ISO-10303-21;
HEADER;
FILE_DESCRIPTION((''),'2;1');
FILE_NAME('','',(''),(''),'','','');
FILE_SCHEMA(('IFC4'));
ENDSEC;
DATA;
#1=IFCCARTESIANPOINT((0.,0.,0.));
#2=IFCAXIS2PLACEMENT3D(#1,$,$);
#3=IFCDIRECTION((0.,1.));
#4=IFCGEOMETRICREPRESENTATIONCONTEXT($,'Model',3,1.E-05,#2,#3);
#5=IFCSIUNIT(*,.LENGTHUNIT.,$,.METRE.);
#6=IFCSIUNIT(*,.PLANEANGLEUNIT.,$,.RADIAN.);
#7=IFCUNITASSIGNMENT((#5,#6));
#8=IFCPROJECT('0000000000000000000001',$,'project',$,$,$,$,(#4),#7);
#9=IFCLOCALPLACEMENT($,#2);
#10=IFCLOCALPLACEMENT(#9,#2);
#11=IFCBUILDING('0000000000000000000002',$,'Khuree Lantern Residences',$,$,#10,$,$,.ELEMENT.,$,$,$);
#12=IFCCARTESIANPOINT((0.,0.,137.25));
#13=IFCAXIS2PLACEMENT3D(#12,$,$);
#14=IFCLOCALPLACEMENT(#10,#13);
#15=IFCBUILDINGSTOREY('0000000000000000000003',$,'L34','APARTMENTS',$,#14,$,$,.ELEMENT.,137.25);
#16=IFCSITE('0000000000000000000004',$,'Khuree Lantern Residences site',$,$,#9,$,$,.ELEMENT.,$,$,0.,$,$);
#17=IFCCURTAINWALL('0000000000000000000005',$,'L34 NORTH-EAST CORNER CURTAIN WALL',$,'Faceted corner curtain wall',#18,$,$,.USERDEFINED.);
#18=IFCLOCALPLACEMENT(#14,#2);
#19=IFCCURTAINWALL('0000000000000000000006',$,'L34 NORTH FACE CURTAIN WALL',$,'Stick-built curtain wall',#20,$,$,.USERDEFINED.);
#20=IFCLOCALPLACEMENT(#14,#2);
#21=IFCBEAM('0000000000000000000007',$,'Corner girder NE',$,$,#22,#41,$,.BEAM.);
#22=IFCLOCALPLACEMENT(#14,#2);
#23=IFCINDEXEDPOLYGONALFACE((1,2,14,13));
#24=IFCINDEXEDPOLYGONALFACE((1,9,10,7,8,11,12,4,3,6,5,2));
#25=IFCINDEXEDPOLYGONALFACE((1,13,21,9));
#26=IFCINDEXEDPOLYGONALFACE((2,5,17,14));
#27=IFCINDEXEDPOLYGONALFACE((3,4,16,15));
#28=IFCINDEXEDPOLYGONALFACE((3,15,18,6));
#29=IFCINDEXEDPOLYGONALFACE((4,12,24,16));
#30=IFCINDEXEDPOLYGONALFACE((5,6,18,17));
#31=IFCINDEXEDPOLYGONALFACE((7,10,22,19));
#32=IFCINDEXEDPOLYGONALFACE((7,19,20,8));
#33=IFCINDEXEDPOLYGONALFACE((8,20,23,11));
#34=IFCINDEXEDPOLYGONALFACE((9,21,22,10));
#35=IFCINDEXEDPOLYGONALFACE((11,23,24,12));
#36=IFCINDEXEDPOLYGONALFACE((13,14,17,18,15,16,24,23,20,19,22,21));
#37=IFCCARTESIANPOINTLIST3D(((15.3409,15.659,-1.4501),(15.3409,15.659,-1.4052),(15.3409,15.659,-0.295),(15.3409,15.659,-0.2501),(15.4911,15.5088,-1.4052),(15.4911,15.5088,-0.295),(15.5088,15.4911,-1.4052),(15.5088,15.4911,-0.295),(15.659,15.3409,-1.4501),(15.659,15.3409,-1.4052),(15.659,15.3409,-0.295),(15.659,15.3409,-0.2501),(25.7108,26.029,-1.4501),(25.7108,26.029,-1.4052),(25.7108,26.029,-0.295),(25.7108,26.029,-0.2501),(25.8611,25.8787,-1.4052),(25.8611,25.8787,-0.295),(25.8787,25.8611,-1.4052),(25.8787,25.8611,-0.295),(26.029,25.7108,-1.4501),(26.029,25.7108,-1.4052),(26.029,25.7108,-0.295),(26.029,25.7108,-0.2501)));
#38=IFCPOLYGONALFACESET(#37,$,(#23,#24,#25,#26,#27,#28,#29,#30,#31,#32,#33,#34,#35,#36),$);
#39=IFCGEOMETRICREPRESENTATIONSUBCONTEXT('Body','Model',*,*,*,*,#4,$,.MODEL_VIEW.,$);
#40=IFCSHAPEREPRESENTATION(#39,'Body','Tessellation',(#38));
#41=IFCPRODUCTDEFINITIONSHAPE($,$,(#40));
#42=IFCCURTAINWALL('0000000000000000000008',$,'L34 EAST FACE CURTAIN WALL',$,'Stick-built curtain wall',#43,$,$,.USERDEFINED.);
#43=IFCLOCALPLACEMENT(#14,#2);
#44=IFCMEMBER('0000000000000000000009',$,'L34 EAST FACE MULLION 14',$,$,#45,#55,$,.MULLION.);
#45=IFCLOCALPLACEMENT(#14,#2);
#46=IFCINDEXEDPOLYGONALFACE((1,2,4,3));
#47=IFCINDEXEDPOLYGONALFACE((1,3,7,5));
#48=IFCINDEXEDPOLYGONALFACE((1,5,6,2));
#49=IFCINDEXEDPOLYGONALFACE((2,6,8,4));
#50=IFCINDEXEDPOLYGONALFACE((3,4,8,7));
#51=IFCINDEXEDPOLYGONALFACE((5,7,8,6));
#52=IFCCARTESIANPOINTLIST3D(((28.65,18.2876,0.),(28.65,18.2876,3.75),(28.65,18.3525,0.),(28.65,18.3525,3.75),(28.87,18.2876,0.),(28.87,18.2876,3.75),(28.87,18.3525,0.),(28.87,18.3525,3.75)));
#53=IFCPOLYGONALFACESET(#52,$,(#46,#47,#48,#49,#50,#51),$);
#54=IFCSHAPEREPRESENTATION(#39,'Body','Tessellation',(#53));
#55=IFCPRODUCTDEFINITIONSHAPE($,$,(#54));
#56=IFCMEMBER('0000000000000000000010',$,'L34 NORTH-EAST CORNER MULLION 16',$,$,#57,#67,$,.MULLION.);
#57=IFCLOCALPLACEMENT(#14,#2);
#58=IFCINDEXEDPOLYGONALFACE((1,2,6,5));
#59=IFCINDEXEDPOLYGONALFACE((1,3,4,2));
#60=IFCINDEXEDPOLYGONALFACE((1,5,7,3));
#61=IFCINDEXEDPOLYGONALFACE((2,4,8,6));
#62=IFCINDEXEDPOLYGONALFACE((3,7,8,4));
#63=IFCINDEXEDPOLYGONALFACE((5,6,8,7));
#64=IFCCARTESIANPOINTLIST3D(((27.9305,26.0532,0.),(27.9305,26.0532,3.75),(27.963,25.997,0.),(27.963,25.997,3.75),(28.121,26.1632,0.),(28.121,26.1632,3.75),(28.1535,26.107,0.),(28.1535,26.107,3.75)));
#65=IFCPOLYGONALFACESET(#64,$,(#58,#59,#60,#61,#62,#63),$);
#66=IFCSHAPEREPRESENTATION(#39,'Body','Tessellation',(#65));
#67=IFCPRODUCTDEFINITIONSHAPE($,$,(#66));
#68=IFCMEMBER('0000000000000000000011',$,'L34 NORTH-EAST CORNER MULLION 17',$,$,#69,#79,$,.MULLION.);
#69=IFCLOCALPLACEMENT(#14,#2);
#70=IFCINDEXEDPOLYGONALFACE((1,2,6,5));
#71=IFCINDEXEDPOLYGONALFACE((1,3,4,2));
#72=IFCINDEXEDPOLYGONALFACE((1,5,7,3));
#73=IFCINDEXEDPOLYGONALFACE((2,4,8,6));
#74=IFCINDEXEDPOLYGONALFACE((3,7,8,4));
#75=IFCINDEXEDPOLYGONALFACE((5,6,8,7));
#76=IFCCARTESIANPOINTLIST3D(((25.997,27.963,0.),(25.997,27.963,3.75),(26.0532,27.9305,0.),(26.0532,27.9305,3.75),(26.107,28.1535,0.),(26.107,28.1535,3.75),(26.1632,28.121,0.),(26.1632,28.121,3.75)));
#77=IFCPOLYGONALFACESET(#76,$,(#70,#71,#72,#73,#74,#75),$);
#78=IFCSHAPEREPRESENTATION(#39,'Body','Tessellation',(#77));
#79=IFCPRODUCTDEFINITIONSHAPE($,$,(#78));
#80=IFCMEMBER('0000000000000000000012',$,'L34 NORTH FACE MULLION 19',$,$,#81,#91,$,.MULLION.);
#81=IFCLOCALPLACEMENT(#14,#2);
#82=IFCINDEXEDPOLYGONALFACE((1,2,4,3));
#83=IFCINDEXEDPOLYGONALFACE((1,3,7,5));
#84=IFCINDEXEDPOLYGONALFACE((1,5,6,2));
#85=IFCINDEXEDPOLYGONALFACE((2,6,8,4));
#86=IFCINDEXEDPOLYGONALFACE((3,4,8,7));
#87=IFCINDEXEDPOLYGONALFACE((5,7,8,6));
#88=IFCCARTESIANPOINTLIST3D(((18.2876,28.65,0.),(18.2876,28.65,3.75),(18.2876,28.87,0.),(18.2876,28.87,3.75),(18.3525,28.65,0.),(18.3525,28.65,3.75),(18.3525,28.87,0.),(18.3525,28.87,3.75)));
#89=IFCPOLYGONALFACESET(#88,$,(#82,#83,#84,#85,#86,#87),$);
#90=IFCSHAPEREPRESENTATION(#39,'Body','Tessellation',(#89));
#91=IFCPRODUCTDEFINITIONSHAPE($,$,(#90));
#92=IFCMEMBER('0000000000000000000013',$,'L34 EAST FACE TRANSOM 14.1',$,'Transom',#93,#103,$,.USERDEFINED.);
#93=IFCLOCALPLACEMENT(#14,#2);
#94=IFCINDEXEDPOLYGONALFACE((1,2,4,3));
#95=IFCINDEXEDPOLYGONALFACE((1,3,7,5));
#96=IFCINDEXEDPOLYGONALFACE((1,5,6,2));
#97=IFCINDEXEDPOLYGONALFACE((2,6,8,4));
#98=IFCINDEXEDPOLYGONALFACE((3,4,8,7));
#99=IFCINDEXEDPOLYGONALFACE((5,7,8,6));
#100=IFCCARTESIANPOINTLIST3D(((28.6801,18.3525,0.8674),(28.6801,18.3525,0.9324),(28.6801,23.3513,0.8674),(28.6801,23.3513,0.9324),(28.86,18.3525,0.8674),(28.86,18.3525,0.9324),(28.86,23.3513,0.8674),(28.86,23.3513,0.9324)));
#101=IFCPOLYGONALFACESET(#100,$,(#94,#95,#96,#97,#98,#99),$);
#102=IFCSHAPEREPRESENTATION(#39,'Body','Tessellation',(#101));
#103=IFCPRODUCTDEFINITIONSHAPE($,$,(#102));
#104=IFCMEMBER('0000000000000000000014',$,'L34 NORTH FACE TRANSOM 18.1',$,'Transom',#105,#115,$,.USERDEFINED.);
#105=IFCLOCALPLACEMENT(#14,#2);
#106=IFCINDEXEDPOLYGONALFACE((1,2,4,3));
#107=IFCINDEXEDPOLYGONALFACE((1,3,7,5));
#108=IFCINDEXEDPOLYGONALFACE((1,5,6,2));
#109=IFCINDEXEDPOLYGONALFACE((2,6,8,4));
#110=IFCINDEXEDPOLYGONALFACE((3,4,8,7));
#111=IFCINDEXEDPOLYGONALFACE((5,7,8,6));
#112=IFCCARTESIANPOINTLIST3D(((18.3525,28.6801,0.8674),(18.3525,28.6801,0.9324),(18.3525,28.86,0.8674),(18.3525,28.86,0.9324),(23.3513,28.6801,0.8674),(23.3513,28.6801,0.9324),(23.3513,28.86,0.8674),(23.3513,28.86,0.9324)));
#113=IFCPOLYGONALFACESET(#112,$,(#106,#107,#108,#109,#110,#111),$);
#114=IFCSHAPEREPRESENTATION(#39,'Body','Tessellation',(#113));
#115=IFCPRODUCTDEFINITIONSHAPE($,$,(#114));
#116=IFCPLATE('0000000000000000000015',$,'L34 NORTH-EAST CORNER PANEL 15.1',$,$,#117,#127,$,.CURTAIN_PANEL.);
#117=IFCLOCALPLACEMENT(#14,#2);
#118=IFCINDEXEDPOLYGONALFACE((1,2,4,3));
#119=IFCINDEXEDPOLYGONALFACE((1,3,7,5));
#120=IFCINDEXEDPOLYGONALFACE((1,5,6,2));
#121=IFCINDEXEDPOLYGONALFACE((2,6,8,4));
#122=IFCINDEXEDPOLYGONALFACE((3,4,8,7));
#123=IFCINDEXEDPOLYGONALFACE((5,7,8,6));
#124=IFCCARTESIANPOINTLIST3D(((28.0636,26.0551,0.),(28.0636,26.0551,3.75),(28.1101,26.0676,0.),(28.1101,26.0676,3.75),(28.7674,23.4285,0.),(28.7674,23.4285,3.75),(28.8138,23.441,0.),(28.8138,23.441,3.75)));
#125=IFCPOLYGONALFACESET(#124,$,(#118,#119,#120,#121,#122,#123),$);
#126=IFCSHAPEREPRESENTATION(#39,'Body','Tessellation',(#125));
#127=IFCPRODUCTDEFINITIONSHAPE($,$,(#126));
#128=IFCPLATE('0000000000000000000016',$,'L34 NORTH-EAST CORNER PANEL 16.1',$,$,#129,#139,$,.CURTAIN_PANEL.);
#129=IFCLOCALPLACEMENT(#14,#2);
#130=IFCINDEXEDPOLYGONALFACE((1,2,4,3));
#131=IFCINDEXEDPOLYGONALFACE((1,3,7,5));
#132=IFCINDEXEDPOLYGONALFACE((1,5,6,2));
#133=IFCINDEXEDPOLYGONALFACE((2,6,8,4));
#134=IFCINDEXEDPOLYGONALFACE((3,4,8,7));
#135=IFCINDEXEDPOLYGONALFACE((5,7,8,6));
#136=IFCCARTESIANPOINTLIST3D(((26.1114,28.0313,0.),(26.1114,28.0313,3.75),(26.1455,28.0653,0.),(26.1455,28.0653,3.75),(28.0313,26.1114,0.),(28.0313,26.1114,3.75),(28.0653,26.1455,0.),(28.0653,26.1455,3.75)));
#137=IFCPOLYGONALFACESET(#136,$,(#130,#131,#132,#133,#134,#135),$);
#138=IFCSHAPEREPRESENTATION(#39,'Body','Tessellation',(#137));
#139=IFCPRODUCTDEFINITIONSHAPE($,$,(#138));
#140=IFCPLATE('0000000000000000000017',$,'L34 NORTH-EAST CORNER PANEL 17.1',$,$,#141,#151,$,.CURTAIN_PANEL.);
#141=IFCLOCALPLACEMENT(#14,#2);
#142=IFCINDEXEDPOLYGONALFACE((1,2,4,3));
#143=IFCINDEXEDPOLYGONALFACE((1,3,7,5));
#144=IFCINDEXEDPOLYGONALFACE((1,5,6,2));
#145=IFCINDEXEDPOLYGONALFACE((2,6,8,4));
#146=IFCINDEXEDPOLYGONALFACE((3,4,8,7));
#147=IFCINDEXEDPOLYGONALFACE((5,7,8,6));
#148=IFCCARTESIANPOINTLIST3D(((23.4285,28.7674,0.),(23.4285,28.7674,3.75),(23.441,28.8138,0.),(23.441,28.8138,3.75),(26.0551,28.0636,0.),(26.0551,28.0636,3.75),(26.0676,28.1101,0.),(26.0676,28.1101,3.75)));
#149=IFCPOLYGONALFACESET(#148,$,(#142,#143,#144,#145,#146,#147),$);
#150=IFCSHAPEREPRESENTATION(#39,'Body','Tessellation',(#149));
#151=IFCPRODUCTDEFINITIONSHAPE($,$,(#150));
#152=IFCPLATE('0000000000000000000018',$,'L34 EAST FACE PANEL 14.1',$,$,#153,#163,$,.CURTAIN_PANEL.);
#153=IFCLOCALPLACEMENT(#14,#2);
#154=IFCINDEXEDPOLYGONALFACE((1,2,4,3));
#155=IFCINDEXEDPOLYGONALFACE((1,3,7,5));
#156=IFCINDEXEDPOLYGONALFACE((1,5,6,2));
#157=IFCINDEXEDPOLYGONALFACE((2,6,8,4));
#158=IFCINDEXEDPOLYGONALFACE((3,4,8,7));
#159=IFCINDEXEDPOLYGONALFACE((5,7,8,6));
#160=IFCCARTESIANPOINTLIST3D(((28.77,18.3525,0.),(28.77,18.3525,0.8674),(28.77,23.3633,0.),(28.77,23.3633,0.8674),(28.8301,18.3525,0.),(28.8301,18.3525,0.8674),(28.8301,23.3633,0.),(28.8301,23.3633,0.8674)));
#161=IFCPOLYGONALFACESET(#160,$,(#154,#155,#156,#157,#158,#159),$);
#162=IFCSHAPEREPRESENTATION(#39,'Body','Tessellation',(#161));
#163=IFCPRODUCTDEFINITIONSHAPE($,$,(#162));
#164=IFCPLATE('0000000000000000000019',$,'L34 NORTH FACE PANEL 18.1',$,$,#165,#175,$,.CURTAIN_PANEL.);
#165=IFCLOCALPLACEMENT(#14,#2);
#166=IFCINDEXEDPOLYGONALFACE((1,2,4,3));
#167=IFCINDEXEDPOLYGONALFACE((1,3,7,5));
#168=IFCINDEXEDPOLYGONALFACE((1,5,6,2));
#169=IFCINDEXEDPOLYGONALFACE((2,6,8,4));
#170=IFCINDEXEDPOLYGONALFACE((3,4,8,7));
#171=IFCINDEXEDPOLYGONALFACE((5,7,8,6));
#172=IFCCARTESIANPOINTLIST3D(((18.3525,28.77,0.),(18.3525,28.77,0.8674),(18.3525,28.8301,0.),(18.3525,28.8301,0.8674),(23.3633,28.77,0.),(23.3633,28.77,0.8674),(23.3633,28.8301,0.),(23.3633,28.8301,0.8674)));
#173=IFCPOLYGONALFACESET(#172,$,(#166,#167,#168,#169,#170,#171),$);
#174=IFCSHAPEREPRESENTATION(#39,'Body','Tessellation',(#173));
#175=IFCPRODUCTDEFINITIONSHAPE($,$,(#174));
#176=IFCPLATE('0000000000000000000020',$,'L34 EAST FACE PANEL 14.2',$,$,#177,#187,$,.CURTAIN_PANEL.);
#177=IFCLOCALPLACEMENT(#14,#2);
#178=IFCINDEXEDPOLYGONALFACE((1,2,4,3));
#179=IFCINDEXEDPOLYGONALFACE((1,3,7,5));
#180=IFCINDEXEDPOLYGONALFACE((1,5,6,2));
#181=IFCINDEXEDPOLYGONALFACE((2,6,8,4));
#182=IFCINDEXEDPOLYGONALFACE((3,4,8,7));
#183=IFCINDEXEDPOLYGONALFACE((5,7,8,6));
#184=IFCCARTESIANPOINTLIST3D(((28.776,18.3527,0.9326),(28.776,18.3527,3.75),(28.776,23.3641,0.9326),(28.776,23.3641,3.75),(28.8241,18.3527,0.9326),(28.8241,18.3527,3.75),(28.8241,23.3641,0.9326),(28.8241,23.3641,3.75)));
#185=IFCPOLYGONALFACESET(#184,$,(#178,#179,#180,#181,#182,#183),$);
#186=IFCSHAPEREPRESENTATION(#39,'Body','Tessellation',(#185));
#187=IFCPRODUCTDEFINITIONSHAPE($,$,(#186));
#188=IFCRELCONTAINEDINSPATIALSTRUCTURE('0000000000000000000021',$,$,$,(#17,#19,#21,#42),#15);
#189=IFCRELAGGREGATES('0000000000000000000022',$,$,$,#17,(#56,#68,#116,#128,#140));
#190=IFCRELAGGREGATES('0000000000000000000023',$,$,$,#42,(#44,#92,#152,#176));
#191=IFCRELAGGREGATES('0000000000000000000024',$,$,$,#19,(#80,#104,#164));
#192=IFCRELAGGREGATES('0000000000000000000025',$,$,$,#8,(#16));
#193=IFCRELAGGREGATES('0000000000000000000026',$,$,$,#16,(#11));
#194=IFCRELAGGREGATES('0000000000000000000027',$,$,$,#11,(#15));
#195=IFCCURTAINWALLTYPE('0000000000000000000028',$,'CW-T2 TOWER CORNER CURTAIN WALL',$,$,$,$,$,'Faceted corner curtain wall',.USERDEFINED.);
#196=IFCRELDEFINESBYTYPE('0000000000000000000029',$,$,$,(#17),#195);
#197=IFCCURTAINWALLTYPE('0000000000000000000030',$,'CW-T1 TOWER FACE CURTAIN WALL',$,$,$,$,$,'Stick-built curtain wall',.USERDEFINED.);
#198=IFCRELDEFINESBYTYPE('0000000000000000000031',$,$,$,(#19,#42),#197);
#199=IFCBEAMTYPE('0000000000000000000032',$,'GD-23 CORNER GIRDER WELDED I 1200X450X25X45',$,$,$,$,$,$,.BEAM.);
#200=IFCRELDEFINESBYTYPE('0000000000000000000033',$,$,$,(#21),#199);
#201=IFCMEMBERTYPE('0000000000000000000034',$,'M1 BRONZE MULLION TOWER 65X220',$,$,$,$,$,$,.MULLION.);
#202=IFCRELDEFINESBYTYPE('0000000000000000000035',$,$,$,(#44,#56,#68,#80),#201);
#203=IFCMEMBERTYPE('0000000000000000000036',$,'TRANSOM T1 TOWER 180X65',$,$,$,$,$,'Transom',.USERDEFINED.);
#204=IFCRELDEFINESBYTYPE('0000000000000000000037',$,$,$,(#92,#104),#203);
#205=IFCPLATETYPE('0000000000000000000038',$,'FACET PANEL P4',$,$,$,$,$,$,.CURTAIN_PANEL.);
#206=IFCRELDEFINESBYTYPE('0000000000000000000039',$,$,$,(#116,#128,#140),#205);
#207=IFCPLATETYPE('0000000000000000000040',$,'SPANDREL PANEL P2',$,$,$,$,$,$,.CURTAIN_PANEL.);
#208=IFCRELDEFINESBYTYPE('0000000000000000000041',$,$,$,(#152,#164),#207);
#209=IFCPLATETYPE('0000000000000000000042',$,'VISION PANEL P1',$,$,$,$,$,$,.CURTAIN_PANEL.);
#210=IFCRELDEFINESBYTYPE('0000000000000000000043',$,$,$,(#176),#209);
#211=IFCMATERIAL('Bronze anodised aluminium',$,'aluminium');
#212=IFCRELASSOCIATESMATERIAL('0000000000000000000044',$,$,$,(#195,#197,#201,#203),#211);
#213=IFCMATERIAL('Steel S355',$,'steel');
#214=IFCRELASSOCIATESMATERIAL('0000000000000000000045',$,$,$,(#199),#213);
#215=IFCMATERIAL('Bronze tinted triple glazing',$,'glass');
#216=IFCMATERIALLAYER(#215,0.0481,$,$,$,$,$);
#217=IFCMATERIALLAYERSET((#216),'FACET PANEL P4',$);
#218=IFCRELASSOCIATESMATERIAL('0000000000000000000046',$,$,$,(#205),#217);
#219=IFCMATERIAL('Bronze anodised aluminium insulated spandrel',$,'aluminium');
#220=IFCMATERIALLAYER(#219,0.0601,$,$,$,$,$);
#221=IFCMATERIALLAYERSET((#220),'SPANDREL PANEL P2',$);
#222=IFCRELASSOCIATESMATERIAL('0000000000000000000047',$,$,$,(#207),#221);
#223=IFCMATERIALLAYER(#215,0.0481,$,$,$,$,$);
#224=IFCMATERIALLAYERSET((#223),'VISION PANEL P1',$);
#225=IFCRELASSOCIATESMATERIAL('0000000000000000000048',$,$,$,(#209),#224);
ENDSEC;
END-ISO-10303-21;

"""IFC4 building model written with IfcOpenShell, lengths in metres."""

from ifc_helpers import new_model, si_unit, direction, frame, origin, origin_2d, place, context, subcontext, project, spatial, rectangle, i_section, extrude, material, layer, layer_set, material_profile, profile_set, type_object, element, aggregate, save


model = new_model("IFC4")

# Units and contexts
model_context = context("Model", 3, precision=1e-05, world=origin(), true_north=direction((0.0, 1.0)))
body_context = subcontext(model_context, "Body", "Model", "MODEL_VIEW")
ifc_project = project(units=[si_unit("LENGTHUNIT", "METRE"), si_unit("PLANEANGLEUNIT", "RADIAN")], contexts=[model_context])

# Site, building, storey
site_placement = place(None, origin())
site = spatial("IfcSite", under=ifc_project, at=site_placement, Name="Khuree Lantern Residences site", CompositionType="ELEMENT", RefElevation=0.0)
building_placement = place(site_placement, origin())
building = spatial("IfcBuilding", under=site, at=building_placement, Name="Khuree Lantern Residences", CompositionType="ELEMENT")
storey_placement = place(building_placement, frame((0.0, 0.0, 137.25)))
storey = spatial("IfcBuildingStorey", under=building, at=storey_placement, Name="L34", Description="APARTMENTS", CompositionType="ELEMENT", Elevation=137.25)

# Shared definitions
ifc_material_1 = material(Name="Steel S355", Category="steel")

# Curtain walls
ifc_material_2 = material(Name="Bronze anodised aluminium", Category="aluminium")
curtain_wall_type_1 = type_object("IfcCurtainWallType", Name="CW-T2 TOWER CORNER CURTAIN WALL", ElementType="Faceted corner curtain wall", PredefinedType="USERDEFINED", material=ifc_material_2)
curtain_wall_1_placement = place(storey_placement, origin())
curtain_wall_1 = element("IfcCurtainWall", 1, at=curtain_wall_1_placement, inside=storey, type_object=curtain_wall_type_1, Name="L34 NORTH-EAST CORNER CURTAIN WALL", ObjectType="Faceted corner curtain wall", PredefinedType="USERDEFINED")
curtain_wall_type_2 = type_object("IfcCurtainWallType", Name="CW-T1 TOWER FACE CURTAIN WALL", ElementType="Stick-built curtain wall", PredefinedType="USERDEFINED", material=ifc_material_2)
curtain_wall_2_placement = place(storey_placement, origin())
curtain_wall_2 = element("IfcCurtainWall", 2, at=curtain_wall_2_placement, inside=storey, type_object=curtain_wall_type_2, Name="L34 NORTH FACE CURTAIN WALL", ObjectType="Stick-built curtain wall", PredefinedType="USERDEFINED")

# Beam
ifc_material_profile_1 = material_profile(ifc_material_1, i_section(OverallWidth=0.45, OverallDepth=1.2, WebThickness=0.0249, FlangeThickness=0.0449, at=origin_2d()), Name="WELDED I 1200X450X25X45")
ifc_profile_set_1 = profile_set([ifc_material_profile_1], Name="Steel S355")
beam_type_1 = type_object("IfcBeamType", Name="GD-23 CORNER GIRDER WELDED I 1200X450X25X45", PredefinedType="BEAM", material=ifc_profile_set_1)
beam_1_placement = place(storey_placement, frame((25.8699, 25.8699, -0.8501), z_axis=(-0.707107, -0.707107, 0.0), x_axis=(0.707107, -0.707107, 0.0)))
element("IfcBeam", 3, at=beam_1_placement, inside=storey, type_object=beam_type_1, Name="Corner girder NE", PredefinedType="BEAM", context=body_context, shape_type="SweptSolid", body=[
    extrude(i_section(OverallWidth=0.45, OverallDepth=1.2, WebThickness=0.0249, FlangeThickness=0.0449, at=origin_2d()), origin(), (0.0, 0.0, 1.0), 14.6653),
])

# Curtain wall, member
curtain_wall_3_placement = place(storey_placement, origin())
curtain_wall_3 = element("IfcCurtainWall", 4, at=curtain_wall_3_placement, inside=storey, type_object=curtain_wall_type_2, Name="L34 EAST FACE CURTAIN WALL", ObjectType="Stick-built curtain wall", PredefinedType="USERDEFINED")
ifc_material_profile_2 = material_profile(ifc_material_2, rectangle(XDim=0.0649, YDim=0.22, at=origin_2d()), Name="M1 65X220")
ifc_profile_set_2 = profile_set([ifc_material_profile_2], Name="Bronze anodised aluminium")
member_type_1 = type_object("IfcMemberType", Name="M1 BRONZE MULLION TOWER 65X220", PredefinedType="MULLION", material=ifc_profile_set_2)
member_1_placement = place(storey_placement, frame((28.76, 18.3201, 0.0), z_axis=(0.0, 0.0, 1.0), x_axis=(0.0, 1.0, 0.0)))
member_1 = element("IfcMember", 5, at=member_1_placement, type_object=member_type_1, Name="L34 EAST FACE MULLION 14", PredefinedType="MULLION", context=body_context, shape_type="SweptSolid", body=[
    extrude(rectangle(XDim=0.0649, YDim=0.22, at=origin_2d()), origin(), (0.0, 0.0, 1.0), 3.75),
])

# Members
member_2_placement = place(storey_placement, frame((28.042, 26.0801, 0.0), z_axis=(0.0, 0.0, 1.0), x_axis=(-0.5, 0.866025, 0.0)))
member_2 = element("IfcMember", 6, at=member_2_placement, type_object=member_type_1, Name="L34 NORTH-EAST CORNER MULLION 16", PredefinedType="MULLION", context=body_context, shape_type="SweptSolid", body=[
    extrude(rectangle(XDim=0.0649, YDim=0.22, at=origin_2d()), origin(), (0.0, 0.0, 1.0), 3.75),
])
member_3_placement = place(storey_placement, frame((26.0801, 28.042, 0.0), z_axis=(0.0, 0.0, 1.0), x_axis=(-0.866025, 0.5, 0.0)))
member_3 = element("IfcMember", 7, at=member_3_placement, type_object=member_type_1, Name="L34 NORTH-EAST CORNER MULLION 17", PredefinedType="MULLION", context=body_context, shape_type="SweptSolid", body=[
    extrude(rectangle(XDim=0.0649, YDim=0.22, at=origin_2d()), origin(), (0.0, 0.0, 1.0), 3.75),
])
member_4_placement = place(storey_placement, frame((18.3201, 28.76, 0.0), z_axis=(0.0, 0.0, 1.0), x_axis=(-1.0, 0.0, 0.0)))
member_4 = element("IfcMember", 8, at=member_4_placement, type_object=member_type_1, Name="L34 NORTH FACE MULLION 19", PredefinedType="MULLION", context=body_context, shape_type="SweptSolid", body=[
    extrude(rectangle(XDim=0.0649, YDim=0.22, at=origin_2d()), origin(), (0.0, 0.0, 1.0), 3.75),
])
ifc_material_profile_3 = material_profile(ifc_material_2, rectangle(XDim=0.1799, YDim=0.0649, at=origin_2d()), Name="T1 180X65")
ifc_profile_set_3 = profile_set([ifc_material_profile_3], Name="Bronze anodised aluminium")
member_type_2 = type_object("IfcMemberType", Name="TRANSOM T1 TOWER 180X65", ElementType="Transom", PredefinedType="USERDEFINED", material=ifc_profile_set_3)
member_5_placement = place(storey_placement, frame((28.77, 18.3525, 0.8999), z_axis=(0.0, 1.0, 0.0), x_axis=(-1.0, 0.0, 0.0)))
member_5 = element("IfcMember", 9, at=member_5_placement, type_object=member_type_2, Name="L34 EAST FACE TRANSOM 14.1", ObjectType="Transom", PredefinedType="USERDEFINED", context=body_context, shape_type="SweptSolid", body=[
    extrude(rectangle(XDim=0.1799, YDim=0.0649, at=origin_2d()), origin(), (0.0, 0.0, 1.0), 4.9988),
])
member_6_placement = place(storey_placement, frame((23.3513, 28.77, 0.8999), z_axis=(-1.0, 0.0, 0.0), x_axis=(0.0, -1.0, 0.0)))
member_6 = element("IfcMember", 10, at=member_6_placement, type_object=member_type_2, Name="L34 NORTH FACE TRANSOM 18.1", ObjectType="Transom", PredefinedType="USERDEFINED", context=body_context, shape_type="SweptSolid", body=[
    extrude(rectangle(XDim=0.1799, YDim=0.0649, at=origin_2d()), origin(), (0.0, 0.0, 1.0), 4.9988),
])

# Plates
ifc_material_3 = material(Name="Bronze tinted triple glazing", Category="glass")
ifc_layer_1 = layer(ifc_material_3, 0.0481)
ifc_layer_set_1 = layer_set([ifc_layer_1], Name="FACET PANEL P4")
plate_type_1 = type_object("IfcPlateType", Name="FACET PANEL P4", PredefinedType="CURTAIN_PANEL", material=ifc_layer_set_1)
plate_1_placement = place(storey_placement, frame((28.4387, 24.748, 0.0), z_axis=(0.0, 0.0, 1.0), x_axis=(-0.258819, 0.965926, 0.0)))
plate_1 = element("IfcPlate", 11, at=plate_1_placement, type_object=plate_type_1, Name="L34 NORTH-EAST CORNER PANEL 15.1", PredefinedType="CURTAIN_PANEL", context=body_context, shape_type="SweptSolid", body=[
    extrude(rectangle(XDim=2.7192, YDim=0.0481, at=origin_2d()), origin(), (0.0, 0.0, 1.0), 3.75),
])
plate_2_placement = place(storey_placement, frame((27.0884, 27.0884, 0.0), z_axis=(0.0, 0.0, 1.0), x_axis=(-0.707107, 0.707107, 0.0)))
plate_2 = element("IfcPlate", 12, at=plate_2_placement, type_object=plate_type_1, Name="L34 NORTH-EAST CORNER PANEL 16.1", PredefinedType="CURTAIN_PANEL", context=body_context, shape_type="SweptSolid", body=[
    extrude(rectangle(XDim=2.7151, YDim=0.0481, at=origin_2d()), origin(), (0.0, 0.0, 1.0), 3.75),
])
plate_3_placement = place(storey_placement, frame((24.748, 28.4387, 0.0), z_axis=(0.0, 0.0, 1.0), x_axis=(-0.965926, 0.258819, 0.0)))
plate_3 = element("IfcPlate", 13, at=plate_3_placement, type_object=plate_type_1, Name="L34 NORTH-EAST CORNER PANEL 17.1", PredefinedType="CURTAIN_PANEL", context=body_context, shape_type="SweptSolid", body=[
    extrude(rectangle(XDim=2.7192, YDim=0.0481, at=origin_2d()), origin(), (0.0, 0.0, 1.0), 3.75),
])
aggregate(curtain_wall_1, [member_2, member_3, plate_1, plate_2, plate_3])
ifc_material_4 = material(Name="Bronze anodised aluminium insulated spandrel", Category="aluminium")
ifc_layer_2 = layer(ifc_material_4, 0.0601)
ifc_layer_set_2 = layer_set([ifc_layer_2], Name="SPANDREL PANEL P2")
plate_type_2 = type_object("IfcPlateType", Name="SPANDREL PANEL P2", PredefinedType="CURTAIN_PANEL", material=ifc_layer_set_2)
plate_4_placement = place(storey_placement, frame((28.8, 20.8579, 0.0), z_axis=(0.0, 0.0, 1.0), x_axis=(0.0, 1.0, 0.0)))
plate_4 = element("IfcPlate", 14, at=plate_4_placement, type_object=plate_type_2, Name="L34 EAST FACE PANEL 14.1", PredefinedType="CURTAIN_PANEL", context=body_context, shape_type="SweptSolid", body=[
    extrude(rectangle(XDim=5.0107, YDim=0.0601, at=origin_2d()), origin(), (0.0, 0.0, 1.0), 0.8674),
])
plate_5_placement = place(storey_placement, frame((20.8579, 28.8, 0.0), z_axis=(0.0, 0.0, 1.0), x_axis=(-1.0, 0.0, 0.0)))
plate_5 = element("IfcPlate", 15, at=plate_5_placement, type_object=plate_type_2, Name="L34 NORTH FACE PANEL 18.1", PredefinedType="CURTAIN_PANEL", context=body_context, shape_type="SweptSolid", body=[
    extrude(rectangle(XDim=5.0107, YDim=0.0601, at=origin_2d()), origin(), (0.0, 0.0, 1.0), 0.8674),
])
ifc_layer_3 = layer(ifc_material_3, 0.0481)
ifc_layer_set_3 = layer_set([ifc_layer_3], Name="VISION PANEL P1")
plate_type_3 = type_object("IfcPlateType", Name="VISION PANEL P1", PredefinedType="CURTAIN_PANEL", material=ifc_layer_set_3)
plate_6_placement = place(storey_placement, frame((28.8, 20.8584, 0.9326), z_axis=(0.0, 0.0, 1.0), x_axis=(0.0, 1.0, 0.0)))
plate_6 = element("IfcPlate", 16, at=plate_6_placement, type_object=plate_type_3, Name="L34 EAST FACE PANEL 14.2", PredefinedType="CURTAIN_PANEL", context=body_context, shape_type="SweptSolid", body=[
    extrude(rectangle(XDim=5.0115, YDim=0.0481, at=origin_2d()), origin(), (0.0, 0.0, 1.0), 2.8174),
])
aggregate(curtain_wall_3, [member_1, member_5, plate_4, plate_6])
aggregate(curtain_wall_2, [member_4, member_6, plate_5])

save(model, "model.ifc")
